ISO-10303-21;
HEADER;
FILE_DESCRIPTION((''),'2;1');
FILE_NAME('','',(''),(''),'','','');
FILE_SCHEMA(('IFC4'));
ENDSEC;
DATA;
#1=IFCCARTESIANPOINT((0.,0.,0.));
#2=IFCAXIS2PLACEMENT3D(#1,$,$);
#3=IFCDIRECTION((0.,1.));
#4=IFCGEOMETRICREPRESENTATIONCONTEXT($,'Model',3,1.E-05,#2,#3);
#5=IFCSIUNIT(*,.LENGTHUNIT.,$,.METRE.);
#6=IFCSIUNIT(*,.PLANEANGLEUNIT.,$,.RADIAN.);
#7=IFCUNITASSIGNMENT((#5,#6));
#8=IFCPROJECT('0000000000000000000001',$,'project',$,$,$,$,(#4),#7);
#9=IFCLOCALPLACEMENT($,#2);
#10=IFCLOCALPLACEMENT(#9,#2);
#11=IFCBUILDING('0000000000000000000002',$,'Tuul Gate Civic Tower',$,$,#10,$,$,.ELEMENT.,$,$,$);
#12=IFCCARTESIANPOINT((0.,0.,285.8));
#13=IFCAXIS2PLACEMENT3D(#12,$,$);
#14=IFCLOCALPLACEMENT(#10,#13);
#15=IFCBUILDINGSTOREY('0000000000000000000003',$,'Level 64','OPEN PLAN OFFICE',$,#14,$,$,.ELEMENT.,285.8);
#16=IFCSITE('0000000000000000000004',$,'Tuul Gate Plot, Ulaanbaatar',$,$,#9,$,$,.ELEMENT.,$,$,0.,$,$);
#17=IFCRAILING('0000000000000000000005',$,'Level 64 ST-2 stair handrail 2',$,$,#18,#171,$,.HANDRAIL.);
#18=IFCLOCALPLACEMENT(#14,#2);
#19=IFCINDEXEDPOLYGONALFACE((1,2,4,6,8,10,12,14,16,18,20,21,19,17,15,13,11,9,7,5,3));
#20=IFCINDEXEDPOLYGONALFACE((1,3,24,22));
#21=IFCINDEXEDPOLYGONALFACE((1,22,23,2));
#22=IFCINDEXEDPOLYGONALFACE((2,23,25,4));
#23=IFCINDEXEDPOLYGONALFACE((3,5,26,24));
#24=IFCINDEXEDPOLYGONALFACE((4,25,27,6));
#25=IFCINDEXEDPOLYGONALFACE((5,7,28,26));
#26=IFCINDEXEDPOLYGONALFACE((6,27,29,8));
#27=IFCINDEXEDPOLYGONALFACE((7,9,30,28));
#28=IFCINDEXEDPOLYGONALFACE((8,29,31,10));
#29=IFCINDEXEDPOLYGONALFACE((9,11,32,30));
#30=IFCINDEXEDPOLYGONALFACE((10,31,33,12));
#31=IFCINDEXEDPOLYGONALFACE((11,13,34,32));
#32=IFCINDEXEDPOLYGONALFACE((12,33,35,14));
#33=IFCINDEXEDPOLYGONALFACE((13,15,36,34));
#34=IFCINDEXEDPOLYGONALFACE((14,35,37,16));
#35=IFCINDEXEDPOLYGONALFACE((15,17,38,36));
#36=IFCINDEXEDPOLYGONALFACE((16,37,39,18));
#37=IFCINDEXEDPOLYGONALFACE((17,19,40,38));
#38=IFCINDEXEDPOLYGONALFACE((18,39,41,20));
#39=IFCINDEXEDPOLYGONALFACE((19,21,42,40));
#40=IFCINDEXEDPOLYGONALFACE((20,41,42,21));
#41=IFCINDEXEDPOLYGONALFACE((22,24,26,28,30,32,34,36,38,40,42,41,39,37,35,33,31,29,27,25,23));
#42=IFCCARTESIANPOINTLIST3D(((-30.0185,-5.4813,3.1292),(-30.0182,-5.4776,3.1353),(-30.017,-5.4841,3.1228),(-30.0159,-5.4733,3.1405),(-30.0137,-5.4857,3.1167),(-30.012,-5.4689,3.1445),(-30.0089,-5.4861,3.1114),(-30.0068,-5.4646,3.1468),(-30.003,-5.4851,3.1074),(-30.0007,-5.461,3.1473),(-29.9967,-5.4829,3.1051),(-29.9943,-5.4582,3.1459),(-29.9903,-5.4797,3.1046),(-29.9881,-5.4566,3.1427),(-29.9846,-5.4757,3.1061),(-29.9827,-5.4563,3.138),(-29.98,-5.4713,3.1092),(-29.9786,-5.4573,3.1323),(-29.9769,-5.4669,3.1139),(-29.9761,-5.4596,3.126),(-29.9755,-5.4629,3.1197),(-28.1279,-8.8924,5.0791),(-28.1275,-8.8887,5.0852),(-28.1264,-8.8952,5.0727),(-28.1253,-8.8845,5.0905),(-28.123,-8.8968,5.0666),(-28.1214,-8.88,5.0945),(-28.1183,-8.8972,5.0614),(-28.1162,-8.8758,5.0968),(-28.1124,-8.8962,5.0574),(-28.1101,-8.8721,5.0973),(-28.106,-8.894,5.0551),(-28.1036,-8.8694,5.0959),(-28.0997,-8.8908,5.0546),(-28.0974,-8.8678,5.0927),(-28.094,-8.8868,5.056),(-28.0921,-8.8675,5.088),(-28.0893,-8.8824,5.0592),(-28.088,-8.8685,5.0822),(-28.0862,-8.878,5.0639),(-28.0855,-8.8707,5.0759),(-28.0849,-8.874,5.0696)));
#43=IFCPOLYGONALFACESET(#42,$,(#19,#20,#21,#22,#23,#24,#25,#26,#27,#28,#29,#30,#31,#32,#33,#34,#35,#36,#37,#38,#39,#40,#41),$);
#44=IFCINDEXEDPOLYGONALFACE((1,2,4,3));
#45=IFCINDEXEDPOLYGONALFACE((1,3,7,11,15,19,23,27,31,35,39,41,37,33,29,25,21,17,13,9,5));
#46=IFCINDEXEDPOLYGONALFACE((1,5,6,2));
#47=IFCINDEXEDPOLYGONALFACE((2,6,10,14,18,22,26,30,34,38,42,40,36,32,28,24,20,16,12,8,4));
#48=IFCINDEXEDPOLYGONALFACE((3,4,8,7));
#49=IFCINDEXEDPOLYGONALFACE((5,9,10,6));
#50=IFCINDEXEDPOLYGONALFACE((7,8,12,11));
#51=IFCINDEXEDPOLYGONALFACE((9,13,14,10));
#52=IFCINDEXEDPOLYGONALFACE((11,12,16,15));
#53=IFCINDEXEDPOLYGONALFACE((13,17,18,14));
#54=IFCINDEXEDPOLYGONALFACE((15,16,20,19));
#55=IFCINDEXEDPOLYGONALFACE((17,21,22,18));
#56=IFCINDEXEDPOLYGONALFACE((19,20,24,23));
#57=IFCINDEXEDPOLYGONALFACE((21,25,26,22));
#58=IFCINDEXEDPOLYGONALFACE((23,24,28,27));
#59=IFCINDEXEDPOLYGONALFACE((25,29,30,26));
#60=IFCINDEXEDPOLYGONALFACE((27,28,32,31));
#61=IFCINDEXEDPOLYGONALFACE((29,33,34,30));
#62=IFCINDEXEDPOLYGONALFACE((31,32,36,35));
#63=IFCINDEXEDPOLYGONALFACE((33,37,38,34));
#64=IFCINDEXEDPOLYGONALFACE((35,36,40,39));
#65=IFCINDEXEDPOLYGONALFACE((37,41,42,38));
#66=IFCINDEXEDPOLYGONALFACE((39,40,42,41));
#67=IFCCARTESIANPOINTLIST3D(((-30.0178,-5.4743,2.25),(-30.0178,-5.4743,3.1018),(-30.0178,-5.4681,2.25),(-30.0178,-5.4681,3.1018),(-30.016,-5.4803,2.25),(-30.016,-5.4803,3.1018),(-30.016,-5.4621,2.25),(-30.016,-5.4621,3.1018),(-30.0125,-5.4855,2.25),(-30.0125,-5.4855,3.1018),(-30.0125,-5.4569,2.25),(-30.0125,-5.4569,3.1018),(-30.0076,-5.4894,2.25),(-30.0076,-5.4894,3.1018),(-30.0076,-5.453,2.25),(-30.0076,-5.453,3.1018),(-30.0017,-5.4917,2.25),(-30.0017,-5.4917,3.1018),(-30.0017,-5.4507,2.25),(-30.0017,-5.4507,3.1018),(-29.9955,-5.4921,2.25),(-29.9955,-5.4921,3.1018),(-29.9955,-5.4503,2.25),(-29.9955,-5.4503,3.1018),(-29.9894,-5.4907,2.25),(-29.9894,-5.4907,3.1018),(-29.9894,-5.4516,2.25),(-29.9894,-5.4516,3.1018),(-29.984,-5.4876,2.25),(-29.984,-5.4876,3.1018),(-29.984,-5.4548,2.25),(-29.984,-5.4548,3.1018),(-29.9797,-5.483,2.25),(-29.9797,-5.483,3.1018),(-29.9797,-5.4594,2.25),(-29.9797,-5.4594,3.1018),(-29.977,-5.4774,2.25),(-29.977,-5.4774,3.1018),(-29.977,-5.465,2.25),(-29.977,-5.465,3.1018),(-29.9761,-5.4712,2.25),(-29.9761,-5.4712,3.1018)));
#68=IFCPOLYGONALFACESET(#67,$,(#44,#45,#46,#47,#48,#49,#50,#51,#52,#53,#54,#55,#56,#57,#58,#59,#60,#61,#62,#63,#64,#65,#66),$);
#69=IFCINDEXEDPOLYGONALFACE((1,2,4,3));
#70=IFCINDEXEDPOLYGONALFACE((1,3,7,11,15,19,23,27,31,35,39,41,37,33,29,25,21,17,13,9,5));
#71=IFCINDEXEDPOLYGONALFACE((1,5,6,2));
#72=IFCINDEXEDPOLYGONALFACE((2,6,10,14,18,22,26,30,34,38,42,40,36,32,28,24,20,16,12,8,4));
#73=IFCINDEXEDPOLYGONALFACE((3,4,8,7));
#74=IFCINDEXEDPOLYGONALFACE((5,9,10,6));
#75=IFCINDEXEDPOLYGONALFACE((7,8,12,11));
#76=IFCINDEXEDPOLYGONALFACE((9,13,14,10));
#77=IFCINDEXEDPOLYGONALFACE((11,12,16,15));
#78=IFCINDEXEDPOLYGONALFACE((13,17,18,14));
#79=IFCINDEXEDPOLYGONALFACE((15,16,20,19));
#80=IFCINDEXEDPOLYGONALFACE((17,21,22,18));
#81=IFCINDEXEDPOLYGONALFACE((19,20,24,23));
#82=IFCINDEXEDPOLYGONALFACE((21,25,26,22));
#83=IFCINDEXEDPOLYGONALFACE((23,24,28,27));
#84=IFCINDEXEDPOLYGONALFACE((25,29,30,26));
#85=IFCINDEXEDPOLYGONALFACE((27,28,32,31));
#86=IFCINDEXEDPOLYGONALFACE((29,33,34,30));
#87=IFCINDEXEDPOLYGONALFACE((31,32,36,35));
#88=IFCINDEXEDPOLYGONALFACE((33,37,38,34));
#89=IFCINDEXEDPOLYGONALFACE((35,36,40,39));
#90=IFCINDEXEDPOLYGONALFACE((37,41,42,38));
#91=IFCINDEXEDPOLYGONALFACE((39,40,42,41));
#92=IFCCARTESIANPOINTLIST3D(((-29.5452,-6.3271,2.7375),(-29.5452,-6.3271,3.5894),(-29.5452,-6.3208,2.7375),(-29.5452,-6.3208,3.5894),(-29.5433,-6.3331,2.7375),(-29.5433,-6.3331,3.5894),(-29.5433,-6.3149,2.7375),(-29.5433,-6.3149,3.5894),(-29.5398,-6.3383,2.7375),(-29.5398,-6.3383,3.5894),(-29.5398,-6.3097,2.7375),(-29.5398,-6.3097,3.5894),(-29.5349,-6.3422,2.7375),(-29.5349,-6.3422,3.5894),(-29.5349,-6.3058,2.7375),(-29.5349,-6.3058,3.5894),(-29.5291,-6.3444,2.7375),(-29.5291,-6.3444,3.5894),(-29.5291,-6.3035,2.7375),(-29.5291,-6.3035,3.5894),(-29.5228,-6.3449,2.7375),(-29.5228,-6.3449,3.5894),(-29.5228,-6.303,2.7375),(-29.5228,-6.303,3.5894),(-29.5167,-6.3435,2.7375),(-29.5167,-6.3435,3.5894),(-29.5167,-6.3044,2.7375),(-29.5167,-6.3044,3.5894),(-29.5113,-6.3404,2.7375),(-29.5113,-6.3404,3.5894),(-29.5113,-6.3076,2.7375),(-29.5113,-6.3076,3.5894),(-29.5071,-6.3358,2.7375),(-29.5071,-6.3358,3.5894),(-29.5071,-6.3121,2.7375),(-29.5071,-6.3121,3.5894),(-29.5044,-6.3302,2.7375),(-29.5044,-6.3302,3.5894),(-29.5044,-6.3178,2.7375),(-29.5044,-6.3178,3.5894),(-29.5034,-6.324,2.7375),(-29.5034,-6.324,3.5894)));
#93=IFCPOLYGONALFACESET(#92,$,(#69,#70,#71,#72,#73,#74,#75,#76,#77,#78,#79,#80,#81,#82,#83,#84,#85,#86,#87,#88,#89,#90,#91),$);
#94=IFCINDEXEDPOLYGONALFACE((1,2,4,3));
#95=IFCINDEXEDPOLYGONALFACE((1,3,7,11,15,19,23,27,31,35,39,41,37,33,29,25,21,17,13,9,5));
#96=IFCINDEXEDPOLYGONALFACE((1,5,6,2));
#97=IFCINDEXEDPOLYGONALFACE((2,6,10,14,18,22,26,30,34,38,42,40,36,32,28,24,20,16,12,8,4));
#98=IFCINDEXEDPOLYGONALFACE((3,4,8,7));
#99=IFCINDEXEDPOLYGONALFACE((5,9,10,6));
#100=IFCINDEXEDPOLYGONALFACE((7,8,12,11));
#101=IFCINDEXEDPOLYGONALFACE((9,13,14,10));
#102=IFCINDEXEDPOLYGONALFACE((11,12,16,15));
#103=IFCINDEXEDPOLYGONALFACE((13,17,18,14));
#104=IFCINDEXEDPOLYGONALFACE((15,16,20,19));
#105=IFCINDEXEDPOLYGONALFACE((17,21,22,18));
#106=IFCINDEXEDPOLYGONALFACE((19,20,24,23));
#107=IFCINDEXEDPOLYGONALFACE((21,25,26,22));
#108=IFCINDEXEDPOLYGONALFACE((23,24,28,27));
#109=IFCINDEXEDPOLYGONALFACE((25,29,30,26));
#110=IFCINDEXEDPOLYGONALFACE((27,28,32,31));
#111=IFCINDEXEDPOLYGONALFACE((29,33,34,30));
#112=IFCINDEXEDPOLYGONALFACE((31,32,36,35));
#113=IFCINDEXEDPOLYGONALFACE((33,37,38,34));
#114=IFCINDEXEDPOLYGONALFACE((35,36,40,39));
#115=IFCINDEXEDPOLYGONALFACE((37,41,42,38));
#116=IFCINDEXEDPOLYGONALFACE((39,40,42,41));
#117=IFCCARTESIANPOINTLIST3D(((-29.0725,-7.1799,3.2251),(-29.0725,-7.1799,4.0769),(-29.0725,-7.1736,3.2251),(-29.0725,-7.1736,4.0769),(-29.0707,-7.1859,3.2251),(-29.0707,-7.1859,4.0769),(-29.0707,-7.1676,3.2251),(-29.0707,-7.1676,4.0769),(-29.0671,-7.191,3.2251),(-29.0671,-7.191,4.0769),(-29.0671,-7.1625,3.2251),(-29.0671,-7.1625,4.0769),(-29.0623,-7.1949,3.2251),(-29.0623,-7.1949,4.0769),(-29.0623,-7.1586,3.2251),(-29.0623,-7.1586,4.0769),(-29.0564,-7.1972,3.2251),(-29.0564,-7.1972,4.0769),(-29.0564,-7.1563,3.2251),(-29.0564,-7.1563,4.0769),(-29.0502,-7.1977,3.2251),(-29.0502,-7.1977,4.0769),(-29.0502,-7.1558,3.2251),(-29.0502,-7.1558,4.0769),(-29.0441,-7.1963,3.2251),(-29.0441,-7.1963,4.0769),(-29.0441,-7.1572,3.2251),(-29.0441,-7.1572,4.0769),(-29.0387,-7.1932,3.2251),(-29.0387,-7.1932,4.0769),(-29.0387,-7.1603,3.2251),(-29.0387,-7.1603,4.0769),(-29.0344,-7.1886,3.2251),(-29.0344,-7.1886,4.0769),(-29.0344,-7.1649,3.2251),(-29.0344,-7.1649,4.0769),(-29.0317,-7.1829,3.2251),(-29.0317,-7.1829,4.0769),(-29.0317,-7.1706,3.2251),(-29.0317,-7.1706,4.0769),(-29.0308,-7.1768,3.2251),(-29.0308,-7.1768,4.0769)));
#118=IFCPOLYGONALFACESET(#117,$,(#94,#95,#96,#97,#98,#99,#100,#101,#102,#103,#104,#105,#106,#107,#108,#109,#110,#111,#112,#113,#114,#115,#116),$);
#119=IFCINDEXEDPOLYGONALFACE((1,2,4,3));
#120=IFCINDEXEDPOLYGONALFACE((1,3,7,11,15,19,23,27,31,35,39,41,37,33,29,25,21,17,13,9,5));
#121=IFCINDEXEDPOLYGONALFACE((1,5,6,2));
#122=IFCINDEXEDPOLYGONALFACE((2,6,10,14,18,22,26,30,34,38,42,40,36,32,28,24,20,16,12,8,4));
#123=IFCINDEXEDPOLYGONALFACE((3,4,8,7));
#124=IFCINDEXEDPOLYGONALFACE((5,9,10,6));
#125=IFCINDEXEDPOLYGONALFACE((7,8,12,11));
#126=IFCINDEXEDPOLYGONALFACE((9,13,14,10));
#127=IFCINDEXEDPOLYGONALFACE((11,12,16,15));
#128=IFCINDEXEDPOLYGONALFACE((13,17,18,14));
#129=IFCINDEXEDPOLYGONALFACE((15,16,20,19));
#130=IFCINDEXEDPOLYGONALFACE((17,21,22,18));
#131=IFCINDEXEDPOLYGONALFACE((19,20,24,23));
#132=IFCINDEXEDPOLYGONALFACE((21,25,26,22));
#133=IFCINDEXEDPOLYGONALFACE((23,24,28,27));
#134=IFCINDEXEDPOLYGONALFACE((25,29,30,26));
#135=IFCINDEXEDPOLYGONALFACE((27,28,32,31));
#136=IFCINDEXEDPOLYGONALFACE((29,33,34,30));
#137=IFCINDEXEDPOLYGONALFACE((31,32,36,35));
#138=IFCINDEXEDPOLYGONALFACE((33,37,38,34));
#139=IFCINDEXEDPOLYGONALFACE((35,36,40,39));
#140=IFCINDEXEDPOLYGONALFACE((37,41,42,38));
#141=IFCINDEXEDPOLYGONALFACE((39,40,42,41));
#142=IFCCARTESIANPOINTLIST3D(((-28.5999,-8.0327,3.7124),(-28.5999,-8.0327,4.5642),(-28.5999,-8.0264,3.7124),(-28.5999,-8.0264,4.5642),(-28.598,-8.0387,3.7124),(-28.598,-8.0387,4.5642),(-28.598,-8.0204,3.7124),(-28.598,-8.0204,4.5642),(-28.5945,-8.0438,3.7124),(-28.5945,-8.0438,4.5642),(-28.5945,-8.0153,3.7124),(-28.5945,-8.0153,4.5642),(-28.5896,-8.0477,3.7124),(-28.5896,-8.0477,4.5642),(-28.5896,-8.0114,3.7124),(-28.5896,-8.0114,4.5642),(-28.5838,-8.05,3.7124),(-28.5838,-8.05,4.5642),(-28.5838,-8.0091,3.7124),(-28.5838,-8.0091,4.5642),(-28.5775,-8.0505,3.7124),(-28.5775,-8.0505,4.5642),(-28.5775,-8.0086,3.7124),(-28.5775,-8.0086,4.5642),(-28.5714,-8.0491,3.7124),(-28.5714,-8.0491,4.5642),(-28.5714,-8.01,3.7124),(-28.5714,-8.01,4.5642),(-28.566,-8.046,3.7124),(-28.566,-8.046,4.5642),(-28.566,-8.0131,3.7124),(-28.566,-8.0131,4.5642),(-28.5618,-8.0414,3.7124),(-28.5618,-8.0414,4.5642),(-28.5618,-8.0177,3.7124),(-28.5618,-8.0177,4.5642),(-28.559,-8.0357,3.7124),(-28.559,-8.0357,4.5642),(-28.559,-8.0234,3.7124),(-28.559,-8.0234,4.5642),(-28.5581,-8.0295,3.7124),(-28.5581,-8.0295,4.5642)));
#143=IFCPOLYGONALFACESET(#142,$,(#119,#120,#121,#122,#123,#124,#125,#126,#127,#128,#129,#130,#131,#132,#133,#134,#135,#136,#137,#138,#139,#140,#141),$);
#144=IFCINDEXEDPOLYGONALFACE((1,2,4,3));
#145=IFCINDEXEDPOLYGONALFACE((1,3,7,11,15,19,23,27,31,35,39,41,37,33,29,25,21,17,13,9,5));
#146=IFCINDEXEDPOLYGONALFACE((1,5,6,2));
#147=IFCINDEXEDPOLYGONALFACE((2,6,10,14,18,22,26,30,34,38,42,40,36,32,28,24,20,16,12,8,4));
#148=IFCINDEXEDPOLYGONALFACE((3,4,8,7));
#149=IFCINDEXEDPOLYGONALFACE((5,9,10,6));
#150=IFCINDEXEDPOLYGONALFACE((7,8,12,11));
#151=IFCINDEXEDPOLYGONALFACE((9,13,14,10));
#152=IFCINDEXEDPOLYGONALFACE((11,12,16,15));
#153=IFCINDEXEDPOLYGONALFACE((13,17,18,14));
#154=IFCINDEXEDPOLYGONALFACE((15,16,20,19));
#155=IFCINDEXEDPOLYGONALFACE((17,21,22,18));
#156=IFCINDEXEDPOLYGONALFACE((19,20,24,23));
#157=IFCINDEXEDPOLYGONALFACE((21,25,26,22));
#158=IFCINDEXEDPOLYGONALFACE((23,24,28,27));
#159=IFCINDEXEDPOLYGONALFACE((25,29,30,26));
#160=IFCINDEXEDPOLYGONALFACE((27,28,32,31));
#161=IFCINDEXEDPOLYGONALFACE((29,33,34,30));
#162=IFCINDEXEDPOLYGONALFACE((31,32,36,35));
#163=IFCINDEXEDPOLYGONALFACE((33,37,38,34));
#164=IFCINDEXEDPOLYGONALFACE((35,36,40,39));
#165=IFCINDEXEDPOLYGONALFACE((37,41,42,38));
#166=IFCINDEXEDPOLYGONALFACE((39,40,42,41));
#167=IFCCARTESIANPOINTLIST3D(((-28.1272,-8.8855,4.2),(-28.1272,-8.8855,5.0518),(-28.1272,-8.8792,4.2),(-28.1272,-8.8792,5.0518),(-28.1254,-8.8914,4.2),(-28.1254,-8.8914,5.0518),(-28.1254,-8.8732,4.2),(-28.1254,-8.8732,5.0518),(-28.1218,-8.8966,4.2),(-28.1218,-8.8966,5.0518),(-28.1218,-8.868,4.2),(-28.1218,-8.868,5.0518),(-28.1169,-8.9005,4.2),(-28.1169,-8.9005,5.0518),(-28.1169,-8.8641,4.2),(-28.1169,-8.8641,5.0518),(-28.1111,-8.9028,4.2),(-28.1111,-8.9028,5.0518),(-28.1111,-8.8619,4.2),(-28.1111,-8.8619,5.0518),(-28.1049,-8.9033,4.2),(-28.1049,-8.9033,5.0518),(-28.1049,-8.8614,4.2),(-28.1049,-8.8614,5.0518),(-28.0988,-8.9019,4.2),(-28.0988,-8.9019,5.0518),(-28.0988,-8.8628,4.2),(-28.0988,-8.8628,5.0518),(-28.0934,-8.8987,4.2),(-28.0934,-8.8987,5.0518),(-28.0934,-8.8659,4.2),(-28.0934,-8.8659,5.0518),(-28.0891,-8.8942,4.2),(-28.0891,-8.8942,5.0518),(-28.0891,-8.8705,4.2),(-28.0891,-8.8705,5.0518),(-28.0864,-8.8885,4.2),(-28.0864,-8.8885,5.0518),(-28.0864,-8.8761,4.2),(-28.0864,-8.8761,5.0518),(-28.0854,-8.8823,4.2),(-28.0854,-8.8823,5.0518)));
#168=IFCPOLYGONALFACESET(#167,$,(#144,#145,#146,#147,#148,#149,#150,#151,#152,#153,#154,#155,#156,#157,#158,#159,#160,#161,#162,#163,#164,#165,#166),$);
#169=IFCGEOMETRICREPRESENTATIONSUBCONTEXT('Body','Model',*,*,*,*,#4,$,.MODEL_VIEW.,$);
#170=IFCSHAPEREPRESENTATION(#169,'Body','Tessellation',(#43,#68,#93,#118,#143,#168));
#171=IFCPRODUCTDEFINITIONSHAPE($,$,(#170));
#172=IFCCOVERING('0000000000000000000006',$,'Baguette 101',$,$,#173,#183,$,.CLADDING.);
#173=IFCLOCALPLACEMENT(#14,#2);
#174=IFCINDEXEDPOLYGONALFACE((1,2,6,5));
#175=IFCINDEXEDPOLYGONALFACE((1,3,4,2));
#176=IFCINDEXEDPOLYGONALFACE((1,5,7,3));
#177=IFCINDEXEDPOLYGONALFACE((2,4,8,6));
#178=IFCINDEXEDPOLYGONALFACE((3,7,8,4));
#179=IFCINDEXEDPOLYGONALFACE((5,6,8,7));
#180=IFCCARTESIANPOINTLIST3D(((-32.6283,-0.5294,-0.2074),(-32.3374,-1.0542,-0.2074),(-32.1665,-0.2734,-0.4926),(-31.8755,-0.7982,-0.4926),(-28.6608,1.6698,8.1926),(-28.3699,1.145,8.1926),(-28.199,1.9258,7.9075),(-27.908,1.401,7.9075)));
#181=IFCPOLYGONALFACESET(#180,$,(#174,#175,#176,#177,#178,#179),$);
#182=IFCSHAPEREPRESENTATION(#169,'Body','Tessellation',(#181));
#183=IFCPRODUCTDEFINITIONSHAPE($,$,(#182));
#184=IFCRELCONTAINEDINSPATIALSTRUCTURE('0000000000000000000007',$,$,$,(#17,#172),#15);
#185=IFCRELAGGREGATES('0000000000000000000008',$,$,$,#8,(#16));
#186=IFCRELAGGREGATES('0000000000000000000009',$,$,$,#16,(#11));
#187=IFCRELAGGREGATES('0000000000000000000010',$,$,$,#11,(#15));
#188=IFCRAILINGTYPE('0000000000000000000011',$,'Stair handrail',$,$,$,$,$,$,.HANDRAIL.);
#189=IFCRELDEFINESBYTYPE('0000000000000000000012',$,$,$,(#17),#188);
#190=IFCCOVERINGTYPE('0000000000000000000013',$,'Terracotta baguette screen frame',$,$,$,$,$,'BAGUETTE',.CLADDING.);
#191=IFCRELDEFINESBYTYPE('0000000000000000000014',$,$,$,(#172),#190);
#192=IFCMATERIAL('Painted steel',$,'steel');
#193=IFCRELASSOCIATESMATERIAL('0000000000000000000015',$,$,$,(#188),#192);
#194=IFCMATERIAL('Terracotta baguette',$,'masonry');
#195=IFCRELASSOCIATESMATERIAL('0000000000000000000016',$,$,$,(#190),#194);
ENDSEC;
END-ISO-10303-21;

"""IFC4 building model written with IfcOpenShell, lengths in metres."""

from ifc_helpers import new_model, si_unit, direction, frame, origin, origin_2d, place, context, subcontext, project, spatial, rectangle, circle, extrude, material, material_profile, profile_set, type_object, element, save


model = new_model("IFC4")

# Units and contexts
model_context = context("Model", 3, precision=1e-05, world=origin(), true_north=direction((0.0, 1.0)))
body_context = subcontext(model_context, "Body", "Model", "MODEL_VIEW")
ifc_project = project(units=[si_unit("LENGTHUNIT", "METRE"), si_unit("PLANEANGLEUNIT", "RADIAN")], contexts=[model_context])

# Site, building, storey
site_placement = place(None, origin())
site = spatial("IfcSite", under=ifc_project, at=site_placement, Name="Tuul Gate Plot, Ulaanbaatar", CompositionType="ELEMENT", RefElevation=0.0)
building_placement = place(site_placement, origin())
building = spatial("IfcBuilding", under=site, at=building_placement, Name="Tuul Gate Civic Tower", CompositionType="ELEMENT")
storey_placement = place(building_placement, frame((0.0, 0.0, 285.8)))
storey = spatial("IfcBuildingStorey", under=building, at=storey_placement, Name="Level 64", Description="OPEN PLAN OFFICE", CompositionType="ELEMENT", Elevation=285.8)

# Railing
ifc_material_1 = material(Name="Painted steel", Category="steel")
railing_type_1 = type_object("IfcRailingType", Name="Stair handrail", PredefinedType="HANDRAIL", material=ifc_material_1)
railing_1_placement = place(storey_placement, frame((-29.9971, -5.4712, 2.25)))
element("IfcRailing", 1, at=railing_1_placement, inside=storey, type_object=railing_type_1, Name="Level 64 ST-2 stair handrail 2", PredefinedType="HANDRAIL", context=body_context, shape_type="SweptSolid", body=[
    extrude(circle(Radius=0.0239, at=origin_2d()), frame((0.0, 0.0, 0.876), z_axis=(0.433595, -0.782308, 0.447201), x_axis=(0.874641, 0.484771, 0.0)), (0.0, 0.0, 1.0), 4.3604),
    extrude(circle(Radius=0.021, at=origin_2d()), origin(), (0.0, 0.0, 1.0), 0.8518),
    extrude(circle(Radius=0.021, at=origin_2d()), frame((0.4727, -0.8528, 0.4875)), (0.0, 0.0, 1.0), 0.8518),
    extrude(circle(Radius=0.021, at=origin_2d()), frame((0.9453, -1.7056, 0.9751)), (0.0, 0.0, 1.0), 0.8518),
    extrude(circle(Radius=0.021, at=origin_2d()), frame((1.418, -2.5583, 1.4624)), (0.0, 0.0, 1.0), 0.8518),
    extrude(circle(Radius=0.021, at=origin_2d()), frame((1.8906, -3.4111, 1.95)), (0.0, 0.0, 1.0), 0.8518),
])

# Covering
ifc_material_2 = material(Name="Terracotta baguette", Category="masonry")
ifc_material_profile = material_profile(ifc_material_2, rectangle(XDim=0.6001, YDim=0.6001, at=origin_2d()), Name="Terracotta baguette screen frame")
ifc_profile_set = profile_set([ifc_material_profile], Name="Terracotta baguette")
covering_type = type_object("IfcCoveringType", Name="Terracotta baguette screen frame", ElementType="BAGUETTE", PredefinedType="CLADDING", material=ifc_profile_set)
covering_placement = place(storey_placement, frame((-28.2844, 1.5354, 8.05), z_axis=(-0.41559, -0.230363, -0.879897), x_axis=(0.484806, -0.874621, 0.0)))
element("IfcCovering", 2, at=covering_placement, inside=storey, type_object=covering_type, Name="Baguette 101", PredefinedType="CLADDING", context=body_context, shape_type="SweptSolid", body=[
    extrude(rectangle(XDim=0.6001, YDim=0.6001, at=origin_2d()), origin(), (0.0, 0.0, 1.0), 9.5466),
])

save(model, "model.ifc")
